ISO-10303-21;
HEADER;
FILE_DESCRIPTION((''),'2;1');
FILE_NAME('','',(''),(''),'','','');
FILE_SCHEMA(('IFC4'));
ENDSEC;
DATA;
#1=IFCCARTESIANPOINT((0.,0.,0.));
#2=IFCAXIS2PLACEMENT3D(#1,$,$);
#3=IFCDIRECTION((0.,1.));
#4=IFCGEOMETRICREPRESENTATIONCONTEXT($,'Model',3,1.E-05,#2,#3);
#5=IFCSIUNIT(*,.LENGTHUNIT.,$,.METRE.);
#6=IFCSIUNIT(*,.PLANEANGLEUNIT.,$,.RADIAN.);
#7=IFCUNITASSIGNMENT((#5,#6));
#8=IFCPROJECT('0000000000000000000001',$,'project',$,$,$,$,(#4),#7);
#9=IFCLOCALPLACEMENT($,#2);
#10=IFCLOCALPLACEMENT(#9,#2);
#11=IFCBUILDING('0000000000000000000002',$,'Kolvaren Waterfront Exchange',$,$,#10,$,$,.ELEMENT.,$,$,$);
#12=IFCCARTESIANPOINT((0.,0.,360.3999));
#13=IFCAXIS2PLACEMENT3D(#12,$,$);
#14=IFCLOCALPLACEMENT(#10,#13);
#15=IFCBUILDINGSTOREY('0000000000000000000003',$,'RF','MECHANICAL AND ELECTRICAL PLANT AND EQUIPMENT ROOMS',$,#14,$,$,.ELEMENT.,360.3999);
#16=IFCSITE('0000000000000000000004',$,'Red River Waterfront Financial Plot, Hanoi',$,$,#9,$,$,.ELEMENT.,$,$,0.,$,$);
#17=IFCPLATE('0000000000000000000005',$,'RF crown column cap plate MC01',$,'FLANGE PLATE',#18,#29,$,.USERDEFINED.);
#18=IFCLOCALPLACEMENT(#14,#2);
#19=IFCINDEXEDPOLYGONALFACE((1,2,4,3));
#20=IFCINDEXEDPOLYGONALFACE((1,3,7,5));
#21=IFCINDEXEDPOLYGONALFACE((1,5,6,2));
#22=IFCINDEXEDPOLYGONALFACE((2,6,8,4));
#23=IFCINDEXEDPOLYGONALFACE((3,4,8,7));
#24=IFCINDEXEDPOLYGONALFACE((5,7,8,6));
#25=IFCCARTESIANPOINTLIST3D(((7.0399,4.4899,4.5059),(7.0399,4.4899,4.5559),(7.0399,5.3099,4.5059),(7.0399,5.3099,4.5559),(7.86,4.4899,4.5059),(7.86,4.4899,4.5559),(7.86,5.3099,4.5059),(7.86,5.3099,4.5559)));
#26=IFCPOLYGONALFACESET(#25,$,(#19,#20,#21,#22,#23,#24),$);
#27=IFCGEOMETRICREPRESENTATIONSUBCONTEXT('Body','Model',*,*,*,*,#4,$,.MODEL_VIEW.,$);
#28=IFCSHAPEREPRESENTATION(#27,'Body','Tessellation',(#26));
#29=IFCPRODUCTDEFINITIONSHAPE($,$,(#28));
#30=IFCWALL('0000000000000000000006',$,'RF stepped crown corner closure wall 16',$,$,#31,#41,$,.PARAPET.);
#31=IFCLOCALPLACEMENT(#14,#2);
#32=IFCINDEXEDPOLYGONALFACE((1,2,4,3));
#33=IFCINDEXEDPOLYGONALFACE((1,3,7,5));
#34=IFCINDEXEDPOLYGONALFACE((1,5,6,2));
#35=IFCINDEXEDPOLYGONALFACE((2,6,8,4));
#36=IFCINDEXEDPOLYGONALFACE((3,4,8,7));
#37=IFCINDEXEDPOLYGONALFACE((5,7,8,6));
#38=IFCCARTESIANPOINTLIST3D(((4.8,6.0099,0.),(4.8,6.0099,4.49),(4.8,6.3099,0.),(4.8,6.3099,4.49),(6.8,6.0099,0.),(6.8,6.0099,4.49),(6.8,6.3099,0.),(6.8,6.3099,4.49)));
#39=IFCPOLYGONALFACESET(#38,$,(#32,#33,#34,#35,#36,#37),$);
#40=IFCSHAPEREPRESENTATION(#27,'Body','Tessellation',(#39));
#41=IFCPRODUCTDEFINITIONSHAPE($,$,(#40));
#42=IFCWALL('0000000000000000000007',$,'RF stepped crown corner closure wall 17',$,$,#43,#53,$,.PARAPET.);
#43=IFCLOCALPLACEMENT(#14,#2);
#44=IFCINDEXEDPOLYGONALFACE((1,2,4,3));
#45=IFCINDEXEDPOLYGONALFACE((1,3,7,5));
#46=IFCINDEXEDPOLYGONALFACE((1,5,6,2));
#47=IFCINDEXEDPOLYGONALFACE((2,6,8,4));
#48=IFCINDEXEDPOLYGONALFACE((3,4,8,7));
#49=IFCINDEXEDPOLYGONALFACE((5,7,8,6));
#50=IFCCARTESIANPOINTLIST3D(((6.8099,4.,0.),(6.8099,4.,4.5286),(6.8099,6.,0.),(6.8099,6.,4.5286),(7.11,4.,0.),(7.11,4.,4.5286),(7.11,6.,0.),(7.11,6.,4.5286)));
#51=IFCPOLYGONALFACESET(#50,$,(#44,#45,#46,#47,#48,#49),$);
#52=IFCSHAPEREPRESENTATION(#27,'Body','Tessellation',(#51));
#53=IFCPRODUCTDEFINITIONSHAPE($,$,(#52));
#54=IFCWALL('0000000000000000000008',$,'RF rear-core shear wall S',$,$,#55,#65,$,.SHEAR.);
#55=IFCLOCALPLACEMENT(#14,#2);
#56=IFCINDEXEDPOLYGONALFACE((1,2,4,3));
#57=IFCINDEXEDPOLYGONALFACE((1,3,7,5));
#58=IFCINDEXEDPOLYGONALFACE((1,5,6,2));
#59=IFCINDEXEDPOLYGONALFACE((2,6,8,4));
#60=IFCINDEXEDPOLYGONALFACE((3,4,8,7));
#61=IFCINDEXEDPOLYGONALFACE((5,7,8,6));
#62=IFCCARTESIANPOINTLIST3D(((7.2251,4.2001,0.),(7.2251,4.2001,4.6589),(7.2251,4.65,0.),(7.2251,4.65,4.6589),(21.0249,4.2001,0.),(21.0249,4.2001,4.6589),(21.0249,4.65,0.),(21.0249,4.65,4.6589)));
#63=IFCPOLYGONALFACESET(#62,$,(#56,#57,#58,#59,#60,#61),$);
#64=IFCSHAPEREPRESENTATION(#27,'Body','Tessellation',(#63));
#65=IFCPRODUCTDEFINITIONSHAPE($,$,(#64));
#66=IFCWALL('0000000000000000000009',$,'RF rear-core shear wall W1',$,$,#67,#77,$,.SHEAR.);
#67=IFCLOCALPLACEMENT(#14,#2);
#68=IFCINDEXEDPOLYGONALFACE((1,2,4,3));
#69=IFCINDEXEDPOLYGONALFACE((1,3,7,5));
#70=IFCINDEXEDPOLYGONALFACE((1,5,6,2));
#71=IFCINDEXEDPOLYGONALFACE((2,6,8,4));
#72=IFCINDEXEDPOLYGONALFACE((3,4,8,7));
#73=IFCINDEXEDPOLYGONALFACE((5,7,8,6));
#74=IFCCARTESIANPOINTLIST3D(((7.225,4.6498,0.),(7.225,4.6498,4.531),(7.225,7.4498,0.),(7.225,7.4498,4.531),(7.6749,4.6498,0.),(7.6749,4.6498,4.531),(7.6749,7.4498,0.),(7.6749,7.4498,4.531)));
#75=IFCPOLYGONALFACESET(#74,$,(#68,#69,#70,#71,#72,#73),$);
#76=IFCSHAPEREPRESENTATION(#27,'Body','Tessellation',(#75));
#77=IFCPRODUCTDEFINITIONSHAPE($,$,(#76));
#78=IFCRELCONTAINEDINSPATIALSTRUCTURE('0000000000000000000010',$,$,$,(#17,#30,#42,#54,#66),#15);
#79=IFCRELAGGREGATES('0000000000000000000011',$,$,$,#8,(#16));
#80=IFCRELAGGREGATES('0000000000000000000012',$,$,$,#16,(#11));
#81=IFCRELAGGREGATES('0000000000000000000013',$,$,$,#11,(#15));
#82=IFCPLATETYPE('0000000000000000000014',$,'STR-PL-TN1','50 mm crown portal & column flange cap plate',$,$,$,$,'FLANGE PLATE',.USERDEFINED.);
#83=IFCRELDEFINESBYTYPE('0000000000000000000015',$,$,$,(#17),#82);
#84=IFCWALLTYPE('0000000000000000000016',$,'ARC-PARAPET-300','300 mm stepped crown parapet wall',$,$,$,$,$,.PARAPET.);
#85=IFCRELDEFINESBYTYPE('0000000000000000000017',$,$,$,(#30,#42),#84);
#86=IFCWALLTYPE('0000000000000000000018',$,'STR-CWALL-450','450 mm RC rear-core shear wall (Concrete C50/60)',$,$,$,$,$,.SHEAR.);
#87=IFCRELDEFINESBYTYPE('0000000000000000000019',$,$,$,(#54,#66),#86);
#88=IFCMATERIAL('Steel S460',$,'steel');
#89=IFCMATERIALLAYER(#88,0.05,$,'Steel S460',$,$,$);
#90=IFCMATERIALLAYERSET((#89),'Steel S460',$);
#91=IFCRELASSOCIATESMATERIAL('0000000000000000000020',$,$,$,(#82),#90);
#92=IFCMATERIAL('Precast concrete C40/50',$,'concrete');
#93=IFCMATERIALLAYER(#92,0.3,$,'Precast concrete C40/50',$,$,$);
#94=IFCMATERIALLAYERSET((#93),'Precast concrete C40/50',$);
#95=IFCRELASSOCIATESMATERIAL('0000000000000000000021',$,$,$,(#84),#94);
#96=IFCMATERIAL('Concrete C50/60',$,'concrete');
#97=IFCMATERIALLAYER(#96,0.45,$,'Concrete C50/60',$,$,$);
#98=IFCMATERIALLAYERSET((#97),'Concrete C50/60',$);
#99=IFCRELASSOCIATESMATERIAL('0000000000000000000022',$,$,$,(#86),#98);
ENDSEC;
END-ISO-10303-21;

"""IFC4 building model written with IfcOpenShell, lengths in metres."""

from ifc_helpers import new_model, si_unit, direction, frame, frame_2d, origin, origin_with_axes, origin_2d, place, context, subcontext, project, spatial, rectangle, extrude, source, transform, mapped, material, layer, layer_set, type_object, element, save


model = new_model("IFC4")

# Units and contexts
model_context = context("Model", 3, precision=1e-05, world=origin(), true_north=direction((0.0, 1.0)))
body_context = subcontext(model_context, "Body", "Model", "MODEL_VIEW")
ifc_project = project(units=[si_unit("LENGTHUNIT", "METRE"), si_unit("PLANEANGLEUNIT", "RADIAN")], contexts=[model_context])

# Site, building, storey
site_placement = place(None, origin())
site = spatial("IfcSite", under=ifc_project, at=site_placement, Name="Red River Waterfront Financial Plot, Hanoi", CompositionType="ELEMENT", RefElevation=0.0)
building_placement = place(site_placement, origin())
building = spatial("IfcBuilding", under=site, at=building_placement, Name="Kolvaren Waterfront Exchange", CompositionType="ELEMENT")
storey_placement = place(building_placement, frame((0.0, 0.0, 360.3999)))
storey = spatial("IfcBuildingStorey", under=building, at=storey_placement, Name="RF", Description="MECHANICAL AND ELECTRICAL PLANT AND EQUIPMENT ROOMS", CompositionType="ELEMENT", Elevation=360.3999)

# Shared definitions
ifc_material_1 = material(Name="Concrete C50/60", Category="concrete")

# Plate
ifc_material_2 = material(Name="Steel S460", Category="steel")
ifc_layer_1 = layer(ifc_material_2, 0.05, Name="Steel S460")
ifc_layer_set_1 = layer_set([ifc_layer_1], Name="Steel S460")
plate_type = type_object("IfcPlateType", Name="STR-PL-TN1", Description="50 mm crown portal & column flange cap plate", ElementType="FLANGE PLATE", PredefinedType="USERDEFINED", material=ifc_layer_set_1)
shared_shape_1 = source(origin_with_axes(), body_context, "Body", "SweptSolid", [
    extrude(rectangle(XDim=0.8201, YDim=0.8201, at=origin_2d()), origin(), (0.0, 0.0, 1.0), 0.05),
])
plate_placement = place(storey_placement, frame((7.45, 4.8999, 4.5059), z_axis=(0.0, 0.0, 1.0), x_axis=(1.0, 0.0, 0.0)))
element("IfcPlate", 1, at=plate_placement, inside=storey, type_object=plate_type, Name="RF crown column cap plate MC01", ObjectType="FLANGE PLATE", PredefinedType="USERDEFINED", context=body_context, shape_type="MappedRepresentation", body=[
    mapped(shared_shape_1, transform((0.0, 0.0, 0.0), x_axis=(1.0, 0.0, 0.0), y_axis=(0.0, 1.0, 0.0), z_axis=(0.0, 0.0, 1.0), scale=1.0)),
])

# Walls
ifc_material_3 = material(Name="Precast concrete C40/50", Category="concrete")
ifc_layer_2 = layer(ifc_material_3, 0.3, Name="Precast concrete C40/50")
ifc_layer_set_2 = layer_set([ifc_layer_2], Name="Precast concrete C40/50")
wall_type_1 = type_object("IfcWallType", Name="ARC-PARAPET-300", Description="300 mm stepped crown parapet wall", PredefinedType="PARAPET", material=ifc_layer_set_2)
wall_1_placement = place(storey_placement, frame((4.8, 6.1599, 0.0), z_axis=(0.0, 0.0, 1.0), x_axis=(1.0, 0.0, 0.0)))
element("IfcWall", 2, at=wall_1_placement, inside=storey, type_object=wall_type_1, Name="RF stepped crown corner closure wall 16", PredefinedType="PARAPET", context=body_context, shape_type="SweptSolid", body=[
    extrude(rectangle(XDim=2.0, YDim=0.3, at=frame_2d((1.0, 0.0))), origin(), (0.0, 0.0, 1.0), 4.49),
])
wall_2_placement = place(storey_placement, frame((6.96, 6.0, 0.0), z_axis=(0.0, 0.0, 1.0), x_axis=(0.0, -1.0, 0.0)))
element("IfcWall", 3, at=wall_2_placement, inside=storey, type_object=wall_type_1, Name="RF stepped crown corner closure wall 17", PredefinedType="PARAPET", context=body_context, shape_type="SweptSolid", body=[
    extrude(rectangle(XDim=2.0, YDim=0.3, at=frame_2d((1.0, 0.0))), origin(), (0.0, 0.0, 1.0), 4.5286),
])
ifc_layer_3 = layer(ifc_material_1, 0.45, Name="Concrete C50/60")
ifc_layer_set_3 = layer_set([ifc_layer_3], Name="Concrete C50/60")
wall_type_2 = type_object("IfcWallType", Name="STR-CWALL-450", Description="450 mm RC rear-core shear wall (Concrete C50/60)", PredefinedType="SHEAR", material=ifc_layer_set_3)
wall_3_placement = place(storey_placement, frame((7.2251, 4.425, 0.0), z_axis=(0.0, 0.0, 1.0), x_axis=(1.0, 0.0, 0.0)))
element("IfcWall", 4, at=wall_3_placement, inside=storey, type_object=wall_type_2, Name="RF rear-core shear wall S", PredefinedType="SHEAR", context=body_context, shape_type="SweptSolid", body=[
    extrude(rectangle(XDim=13.7998, YDim=0.45, at=frame_2d((6.8999, 0.0))), origin(), (0.0, 0.0, 1.0), 4.6589),
])
wall_4_placement = place(storey_placement, frame((7.45, 4.6499, 0.0), z_axis=(0.0, 0.0, 1.0), x_axis=(0.0, 1.0, 0.0)))
element("IfcWall", 5, at=wall_4_placement, inside=storey, type_object=wall_type_2, Name="RF rear-core shear wall W1", PredefinedType="SHEAR", context=body_context, shape_type="SweptSolid", body=[
    extrude(rectangle(XDim=2.8, YDim=0.45, at=frame_2d((1.3999, 0.0))), origin(), (0.0, 0.0, 1.0), 4.531),
])

save(model, "model.ifc")
